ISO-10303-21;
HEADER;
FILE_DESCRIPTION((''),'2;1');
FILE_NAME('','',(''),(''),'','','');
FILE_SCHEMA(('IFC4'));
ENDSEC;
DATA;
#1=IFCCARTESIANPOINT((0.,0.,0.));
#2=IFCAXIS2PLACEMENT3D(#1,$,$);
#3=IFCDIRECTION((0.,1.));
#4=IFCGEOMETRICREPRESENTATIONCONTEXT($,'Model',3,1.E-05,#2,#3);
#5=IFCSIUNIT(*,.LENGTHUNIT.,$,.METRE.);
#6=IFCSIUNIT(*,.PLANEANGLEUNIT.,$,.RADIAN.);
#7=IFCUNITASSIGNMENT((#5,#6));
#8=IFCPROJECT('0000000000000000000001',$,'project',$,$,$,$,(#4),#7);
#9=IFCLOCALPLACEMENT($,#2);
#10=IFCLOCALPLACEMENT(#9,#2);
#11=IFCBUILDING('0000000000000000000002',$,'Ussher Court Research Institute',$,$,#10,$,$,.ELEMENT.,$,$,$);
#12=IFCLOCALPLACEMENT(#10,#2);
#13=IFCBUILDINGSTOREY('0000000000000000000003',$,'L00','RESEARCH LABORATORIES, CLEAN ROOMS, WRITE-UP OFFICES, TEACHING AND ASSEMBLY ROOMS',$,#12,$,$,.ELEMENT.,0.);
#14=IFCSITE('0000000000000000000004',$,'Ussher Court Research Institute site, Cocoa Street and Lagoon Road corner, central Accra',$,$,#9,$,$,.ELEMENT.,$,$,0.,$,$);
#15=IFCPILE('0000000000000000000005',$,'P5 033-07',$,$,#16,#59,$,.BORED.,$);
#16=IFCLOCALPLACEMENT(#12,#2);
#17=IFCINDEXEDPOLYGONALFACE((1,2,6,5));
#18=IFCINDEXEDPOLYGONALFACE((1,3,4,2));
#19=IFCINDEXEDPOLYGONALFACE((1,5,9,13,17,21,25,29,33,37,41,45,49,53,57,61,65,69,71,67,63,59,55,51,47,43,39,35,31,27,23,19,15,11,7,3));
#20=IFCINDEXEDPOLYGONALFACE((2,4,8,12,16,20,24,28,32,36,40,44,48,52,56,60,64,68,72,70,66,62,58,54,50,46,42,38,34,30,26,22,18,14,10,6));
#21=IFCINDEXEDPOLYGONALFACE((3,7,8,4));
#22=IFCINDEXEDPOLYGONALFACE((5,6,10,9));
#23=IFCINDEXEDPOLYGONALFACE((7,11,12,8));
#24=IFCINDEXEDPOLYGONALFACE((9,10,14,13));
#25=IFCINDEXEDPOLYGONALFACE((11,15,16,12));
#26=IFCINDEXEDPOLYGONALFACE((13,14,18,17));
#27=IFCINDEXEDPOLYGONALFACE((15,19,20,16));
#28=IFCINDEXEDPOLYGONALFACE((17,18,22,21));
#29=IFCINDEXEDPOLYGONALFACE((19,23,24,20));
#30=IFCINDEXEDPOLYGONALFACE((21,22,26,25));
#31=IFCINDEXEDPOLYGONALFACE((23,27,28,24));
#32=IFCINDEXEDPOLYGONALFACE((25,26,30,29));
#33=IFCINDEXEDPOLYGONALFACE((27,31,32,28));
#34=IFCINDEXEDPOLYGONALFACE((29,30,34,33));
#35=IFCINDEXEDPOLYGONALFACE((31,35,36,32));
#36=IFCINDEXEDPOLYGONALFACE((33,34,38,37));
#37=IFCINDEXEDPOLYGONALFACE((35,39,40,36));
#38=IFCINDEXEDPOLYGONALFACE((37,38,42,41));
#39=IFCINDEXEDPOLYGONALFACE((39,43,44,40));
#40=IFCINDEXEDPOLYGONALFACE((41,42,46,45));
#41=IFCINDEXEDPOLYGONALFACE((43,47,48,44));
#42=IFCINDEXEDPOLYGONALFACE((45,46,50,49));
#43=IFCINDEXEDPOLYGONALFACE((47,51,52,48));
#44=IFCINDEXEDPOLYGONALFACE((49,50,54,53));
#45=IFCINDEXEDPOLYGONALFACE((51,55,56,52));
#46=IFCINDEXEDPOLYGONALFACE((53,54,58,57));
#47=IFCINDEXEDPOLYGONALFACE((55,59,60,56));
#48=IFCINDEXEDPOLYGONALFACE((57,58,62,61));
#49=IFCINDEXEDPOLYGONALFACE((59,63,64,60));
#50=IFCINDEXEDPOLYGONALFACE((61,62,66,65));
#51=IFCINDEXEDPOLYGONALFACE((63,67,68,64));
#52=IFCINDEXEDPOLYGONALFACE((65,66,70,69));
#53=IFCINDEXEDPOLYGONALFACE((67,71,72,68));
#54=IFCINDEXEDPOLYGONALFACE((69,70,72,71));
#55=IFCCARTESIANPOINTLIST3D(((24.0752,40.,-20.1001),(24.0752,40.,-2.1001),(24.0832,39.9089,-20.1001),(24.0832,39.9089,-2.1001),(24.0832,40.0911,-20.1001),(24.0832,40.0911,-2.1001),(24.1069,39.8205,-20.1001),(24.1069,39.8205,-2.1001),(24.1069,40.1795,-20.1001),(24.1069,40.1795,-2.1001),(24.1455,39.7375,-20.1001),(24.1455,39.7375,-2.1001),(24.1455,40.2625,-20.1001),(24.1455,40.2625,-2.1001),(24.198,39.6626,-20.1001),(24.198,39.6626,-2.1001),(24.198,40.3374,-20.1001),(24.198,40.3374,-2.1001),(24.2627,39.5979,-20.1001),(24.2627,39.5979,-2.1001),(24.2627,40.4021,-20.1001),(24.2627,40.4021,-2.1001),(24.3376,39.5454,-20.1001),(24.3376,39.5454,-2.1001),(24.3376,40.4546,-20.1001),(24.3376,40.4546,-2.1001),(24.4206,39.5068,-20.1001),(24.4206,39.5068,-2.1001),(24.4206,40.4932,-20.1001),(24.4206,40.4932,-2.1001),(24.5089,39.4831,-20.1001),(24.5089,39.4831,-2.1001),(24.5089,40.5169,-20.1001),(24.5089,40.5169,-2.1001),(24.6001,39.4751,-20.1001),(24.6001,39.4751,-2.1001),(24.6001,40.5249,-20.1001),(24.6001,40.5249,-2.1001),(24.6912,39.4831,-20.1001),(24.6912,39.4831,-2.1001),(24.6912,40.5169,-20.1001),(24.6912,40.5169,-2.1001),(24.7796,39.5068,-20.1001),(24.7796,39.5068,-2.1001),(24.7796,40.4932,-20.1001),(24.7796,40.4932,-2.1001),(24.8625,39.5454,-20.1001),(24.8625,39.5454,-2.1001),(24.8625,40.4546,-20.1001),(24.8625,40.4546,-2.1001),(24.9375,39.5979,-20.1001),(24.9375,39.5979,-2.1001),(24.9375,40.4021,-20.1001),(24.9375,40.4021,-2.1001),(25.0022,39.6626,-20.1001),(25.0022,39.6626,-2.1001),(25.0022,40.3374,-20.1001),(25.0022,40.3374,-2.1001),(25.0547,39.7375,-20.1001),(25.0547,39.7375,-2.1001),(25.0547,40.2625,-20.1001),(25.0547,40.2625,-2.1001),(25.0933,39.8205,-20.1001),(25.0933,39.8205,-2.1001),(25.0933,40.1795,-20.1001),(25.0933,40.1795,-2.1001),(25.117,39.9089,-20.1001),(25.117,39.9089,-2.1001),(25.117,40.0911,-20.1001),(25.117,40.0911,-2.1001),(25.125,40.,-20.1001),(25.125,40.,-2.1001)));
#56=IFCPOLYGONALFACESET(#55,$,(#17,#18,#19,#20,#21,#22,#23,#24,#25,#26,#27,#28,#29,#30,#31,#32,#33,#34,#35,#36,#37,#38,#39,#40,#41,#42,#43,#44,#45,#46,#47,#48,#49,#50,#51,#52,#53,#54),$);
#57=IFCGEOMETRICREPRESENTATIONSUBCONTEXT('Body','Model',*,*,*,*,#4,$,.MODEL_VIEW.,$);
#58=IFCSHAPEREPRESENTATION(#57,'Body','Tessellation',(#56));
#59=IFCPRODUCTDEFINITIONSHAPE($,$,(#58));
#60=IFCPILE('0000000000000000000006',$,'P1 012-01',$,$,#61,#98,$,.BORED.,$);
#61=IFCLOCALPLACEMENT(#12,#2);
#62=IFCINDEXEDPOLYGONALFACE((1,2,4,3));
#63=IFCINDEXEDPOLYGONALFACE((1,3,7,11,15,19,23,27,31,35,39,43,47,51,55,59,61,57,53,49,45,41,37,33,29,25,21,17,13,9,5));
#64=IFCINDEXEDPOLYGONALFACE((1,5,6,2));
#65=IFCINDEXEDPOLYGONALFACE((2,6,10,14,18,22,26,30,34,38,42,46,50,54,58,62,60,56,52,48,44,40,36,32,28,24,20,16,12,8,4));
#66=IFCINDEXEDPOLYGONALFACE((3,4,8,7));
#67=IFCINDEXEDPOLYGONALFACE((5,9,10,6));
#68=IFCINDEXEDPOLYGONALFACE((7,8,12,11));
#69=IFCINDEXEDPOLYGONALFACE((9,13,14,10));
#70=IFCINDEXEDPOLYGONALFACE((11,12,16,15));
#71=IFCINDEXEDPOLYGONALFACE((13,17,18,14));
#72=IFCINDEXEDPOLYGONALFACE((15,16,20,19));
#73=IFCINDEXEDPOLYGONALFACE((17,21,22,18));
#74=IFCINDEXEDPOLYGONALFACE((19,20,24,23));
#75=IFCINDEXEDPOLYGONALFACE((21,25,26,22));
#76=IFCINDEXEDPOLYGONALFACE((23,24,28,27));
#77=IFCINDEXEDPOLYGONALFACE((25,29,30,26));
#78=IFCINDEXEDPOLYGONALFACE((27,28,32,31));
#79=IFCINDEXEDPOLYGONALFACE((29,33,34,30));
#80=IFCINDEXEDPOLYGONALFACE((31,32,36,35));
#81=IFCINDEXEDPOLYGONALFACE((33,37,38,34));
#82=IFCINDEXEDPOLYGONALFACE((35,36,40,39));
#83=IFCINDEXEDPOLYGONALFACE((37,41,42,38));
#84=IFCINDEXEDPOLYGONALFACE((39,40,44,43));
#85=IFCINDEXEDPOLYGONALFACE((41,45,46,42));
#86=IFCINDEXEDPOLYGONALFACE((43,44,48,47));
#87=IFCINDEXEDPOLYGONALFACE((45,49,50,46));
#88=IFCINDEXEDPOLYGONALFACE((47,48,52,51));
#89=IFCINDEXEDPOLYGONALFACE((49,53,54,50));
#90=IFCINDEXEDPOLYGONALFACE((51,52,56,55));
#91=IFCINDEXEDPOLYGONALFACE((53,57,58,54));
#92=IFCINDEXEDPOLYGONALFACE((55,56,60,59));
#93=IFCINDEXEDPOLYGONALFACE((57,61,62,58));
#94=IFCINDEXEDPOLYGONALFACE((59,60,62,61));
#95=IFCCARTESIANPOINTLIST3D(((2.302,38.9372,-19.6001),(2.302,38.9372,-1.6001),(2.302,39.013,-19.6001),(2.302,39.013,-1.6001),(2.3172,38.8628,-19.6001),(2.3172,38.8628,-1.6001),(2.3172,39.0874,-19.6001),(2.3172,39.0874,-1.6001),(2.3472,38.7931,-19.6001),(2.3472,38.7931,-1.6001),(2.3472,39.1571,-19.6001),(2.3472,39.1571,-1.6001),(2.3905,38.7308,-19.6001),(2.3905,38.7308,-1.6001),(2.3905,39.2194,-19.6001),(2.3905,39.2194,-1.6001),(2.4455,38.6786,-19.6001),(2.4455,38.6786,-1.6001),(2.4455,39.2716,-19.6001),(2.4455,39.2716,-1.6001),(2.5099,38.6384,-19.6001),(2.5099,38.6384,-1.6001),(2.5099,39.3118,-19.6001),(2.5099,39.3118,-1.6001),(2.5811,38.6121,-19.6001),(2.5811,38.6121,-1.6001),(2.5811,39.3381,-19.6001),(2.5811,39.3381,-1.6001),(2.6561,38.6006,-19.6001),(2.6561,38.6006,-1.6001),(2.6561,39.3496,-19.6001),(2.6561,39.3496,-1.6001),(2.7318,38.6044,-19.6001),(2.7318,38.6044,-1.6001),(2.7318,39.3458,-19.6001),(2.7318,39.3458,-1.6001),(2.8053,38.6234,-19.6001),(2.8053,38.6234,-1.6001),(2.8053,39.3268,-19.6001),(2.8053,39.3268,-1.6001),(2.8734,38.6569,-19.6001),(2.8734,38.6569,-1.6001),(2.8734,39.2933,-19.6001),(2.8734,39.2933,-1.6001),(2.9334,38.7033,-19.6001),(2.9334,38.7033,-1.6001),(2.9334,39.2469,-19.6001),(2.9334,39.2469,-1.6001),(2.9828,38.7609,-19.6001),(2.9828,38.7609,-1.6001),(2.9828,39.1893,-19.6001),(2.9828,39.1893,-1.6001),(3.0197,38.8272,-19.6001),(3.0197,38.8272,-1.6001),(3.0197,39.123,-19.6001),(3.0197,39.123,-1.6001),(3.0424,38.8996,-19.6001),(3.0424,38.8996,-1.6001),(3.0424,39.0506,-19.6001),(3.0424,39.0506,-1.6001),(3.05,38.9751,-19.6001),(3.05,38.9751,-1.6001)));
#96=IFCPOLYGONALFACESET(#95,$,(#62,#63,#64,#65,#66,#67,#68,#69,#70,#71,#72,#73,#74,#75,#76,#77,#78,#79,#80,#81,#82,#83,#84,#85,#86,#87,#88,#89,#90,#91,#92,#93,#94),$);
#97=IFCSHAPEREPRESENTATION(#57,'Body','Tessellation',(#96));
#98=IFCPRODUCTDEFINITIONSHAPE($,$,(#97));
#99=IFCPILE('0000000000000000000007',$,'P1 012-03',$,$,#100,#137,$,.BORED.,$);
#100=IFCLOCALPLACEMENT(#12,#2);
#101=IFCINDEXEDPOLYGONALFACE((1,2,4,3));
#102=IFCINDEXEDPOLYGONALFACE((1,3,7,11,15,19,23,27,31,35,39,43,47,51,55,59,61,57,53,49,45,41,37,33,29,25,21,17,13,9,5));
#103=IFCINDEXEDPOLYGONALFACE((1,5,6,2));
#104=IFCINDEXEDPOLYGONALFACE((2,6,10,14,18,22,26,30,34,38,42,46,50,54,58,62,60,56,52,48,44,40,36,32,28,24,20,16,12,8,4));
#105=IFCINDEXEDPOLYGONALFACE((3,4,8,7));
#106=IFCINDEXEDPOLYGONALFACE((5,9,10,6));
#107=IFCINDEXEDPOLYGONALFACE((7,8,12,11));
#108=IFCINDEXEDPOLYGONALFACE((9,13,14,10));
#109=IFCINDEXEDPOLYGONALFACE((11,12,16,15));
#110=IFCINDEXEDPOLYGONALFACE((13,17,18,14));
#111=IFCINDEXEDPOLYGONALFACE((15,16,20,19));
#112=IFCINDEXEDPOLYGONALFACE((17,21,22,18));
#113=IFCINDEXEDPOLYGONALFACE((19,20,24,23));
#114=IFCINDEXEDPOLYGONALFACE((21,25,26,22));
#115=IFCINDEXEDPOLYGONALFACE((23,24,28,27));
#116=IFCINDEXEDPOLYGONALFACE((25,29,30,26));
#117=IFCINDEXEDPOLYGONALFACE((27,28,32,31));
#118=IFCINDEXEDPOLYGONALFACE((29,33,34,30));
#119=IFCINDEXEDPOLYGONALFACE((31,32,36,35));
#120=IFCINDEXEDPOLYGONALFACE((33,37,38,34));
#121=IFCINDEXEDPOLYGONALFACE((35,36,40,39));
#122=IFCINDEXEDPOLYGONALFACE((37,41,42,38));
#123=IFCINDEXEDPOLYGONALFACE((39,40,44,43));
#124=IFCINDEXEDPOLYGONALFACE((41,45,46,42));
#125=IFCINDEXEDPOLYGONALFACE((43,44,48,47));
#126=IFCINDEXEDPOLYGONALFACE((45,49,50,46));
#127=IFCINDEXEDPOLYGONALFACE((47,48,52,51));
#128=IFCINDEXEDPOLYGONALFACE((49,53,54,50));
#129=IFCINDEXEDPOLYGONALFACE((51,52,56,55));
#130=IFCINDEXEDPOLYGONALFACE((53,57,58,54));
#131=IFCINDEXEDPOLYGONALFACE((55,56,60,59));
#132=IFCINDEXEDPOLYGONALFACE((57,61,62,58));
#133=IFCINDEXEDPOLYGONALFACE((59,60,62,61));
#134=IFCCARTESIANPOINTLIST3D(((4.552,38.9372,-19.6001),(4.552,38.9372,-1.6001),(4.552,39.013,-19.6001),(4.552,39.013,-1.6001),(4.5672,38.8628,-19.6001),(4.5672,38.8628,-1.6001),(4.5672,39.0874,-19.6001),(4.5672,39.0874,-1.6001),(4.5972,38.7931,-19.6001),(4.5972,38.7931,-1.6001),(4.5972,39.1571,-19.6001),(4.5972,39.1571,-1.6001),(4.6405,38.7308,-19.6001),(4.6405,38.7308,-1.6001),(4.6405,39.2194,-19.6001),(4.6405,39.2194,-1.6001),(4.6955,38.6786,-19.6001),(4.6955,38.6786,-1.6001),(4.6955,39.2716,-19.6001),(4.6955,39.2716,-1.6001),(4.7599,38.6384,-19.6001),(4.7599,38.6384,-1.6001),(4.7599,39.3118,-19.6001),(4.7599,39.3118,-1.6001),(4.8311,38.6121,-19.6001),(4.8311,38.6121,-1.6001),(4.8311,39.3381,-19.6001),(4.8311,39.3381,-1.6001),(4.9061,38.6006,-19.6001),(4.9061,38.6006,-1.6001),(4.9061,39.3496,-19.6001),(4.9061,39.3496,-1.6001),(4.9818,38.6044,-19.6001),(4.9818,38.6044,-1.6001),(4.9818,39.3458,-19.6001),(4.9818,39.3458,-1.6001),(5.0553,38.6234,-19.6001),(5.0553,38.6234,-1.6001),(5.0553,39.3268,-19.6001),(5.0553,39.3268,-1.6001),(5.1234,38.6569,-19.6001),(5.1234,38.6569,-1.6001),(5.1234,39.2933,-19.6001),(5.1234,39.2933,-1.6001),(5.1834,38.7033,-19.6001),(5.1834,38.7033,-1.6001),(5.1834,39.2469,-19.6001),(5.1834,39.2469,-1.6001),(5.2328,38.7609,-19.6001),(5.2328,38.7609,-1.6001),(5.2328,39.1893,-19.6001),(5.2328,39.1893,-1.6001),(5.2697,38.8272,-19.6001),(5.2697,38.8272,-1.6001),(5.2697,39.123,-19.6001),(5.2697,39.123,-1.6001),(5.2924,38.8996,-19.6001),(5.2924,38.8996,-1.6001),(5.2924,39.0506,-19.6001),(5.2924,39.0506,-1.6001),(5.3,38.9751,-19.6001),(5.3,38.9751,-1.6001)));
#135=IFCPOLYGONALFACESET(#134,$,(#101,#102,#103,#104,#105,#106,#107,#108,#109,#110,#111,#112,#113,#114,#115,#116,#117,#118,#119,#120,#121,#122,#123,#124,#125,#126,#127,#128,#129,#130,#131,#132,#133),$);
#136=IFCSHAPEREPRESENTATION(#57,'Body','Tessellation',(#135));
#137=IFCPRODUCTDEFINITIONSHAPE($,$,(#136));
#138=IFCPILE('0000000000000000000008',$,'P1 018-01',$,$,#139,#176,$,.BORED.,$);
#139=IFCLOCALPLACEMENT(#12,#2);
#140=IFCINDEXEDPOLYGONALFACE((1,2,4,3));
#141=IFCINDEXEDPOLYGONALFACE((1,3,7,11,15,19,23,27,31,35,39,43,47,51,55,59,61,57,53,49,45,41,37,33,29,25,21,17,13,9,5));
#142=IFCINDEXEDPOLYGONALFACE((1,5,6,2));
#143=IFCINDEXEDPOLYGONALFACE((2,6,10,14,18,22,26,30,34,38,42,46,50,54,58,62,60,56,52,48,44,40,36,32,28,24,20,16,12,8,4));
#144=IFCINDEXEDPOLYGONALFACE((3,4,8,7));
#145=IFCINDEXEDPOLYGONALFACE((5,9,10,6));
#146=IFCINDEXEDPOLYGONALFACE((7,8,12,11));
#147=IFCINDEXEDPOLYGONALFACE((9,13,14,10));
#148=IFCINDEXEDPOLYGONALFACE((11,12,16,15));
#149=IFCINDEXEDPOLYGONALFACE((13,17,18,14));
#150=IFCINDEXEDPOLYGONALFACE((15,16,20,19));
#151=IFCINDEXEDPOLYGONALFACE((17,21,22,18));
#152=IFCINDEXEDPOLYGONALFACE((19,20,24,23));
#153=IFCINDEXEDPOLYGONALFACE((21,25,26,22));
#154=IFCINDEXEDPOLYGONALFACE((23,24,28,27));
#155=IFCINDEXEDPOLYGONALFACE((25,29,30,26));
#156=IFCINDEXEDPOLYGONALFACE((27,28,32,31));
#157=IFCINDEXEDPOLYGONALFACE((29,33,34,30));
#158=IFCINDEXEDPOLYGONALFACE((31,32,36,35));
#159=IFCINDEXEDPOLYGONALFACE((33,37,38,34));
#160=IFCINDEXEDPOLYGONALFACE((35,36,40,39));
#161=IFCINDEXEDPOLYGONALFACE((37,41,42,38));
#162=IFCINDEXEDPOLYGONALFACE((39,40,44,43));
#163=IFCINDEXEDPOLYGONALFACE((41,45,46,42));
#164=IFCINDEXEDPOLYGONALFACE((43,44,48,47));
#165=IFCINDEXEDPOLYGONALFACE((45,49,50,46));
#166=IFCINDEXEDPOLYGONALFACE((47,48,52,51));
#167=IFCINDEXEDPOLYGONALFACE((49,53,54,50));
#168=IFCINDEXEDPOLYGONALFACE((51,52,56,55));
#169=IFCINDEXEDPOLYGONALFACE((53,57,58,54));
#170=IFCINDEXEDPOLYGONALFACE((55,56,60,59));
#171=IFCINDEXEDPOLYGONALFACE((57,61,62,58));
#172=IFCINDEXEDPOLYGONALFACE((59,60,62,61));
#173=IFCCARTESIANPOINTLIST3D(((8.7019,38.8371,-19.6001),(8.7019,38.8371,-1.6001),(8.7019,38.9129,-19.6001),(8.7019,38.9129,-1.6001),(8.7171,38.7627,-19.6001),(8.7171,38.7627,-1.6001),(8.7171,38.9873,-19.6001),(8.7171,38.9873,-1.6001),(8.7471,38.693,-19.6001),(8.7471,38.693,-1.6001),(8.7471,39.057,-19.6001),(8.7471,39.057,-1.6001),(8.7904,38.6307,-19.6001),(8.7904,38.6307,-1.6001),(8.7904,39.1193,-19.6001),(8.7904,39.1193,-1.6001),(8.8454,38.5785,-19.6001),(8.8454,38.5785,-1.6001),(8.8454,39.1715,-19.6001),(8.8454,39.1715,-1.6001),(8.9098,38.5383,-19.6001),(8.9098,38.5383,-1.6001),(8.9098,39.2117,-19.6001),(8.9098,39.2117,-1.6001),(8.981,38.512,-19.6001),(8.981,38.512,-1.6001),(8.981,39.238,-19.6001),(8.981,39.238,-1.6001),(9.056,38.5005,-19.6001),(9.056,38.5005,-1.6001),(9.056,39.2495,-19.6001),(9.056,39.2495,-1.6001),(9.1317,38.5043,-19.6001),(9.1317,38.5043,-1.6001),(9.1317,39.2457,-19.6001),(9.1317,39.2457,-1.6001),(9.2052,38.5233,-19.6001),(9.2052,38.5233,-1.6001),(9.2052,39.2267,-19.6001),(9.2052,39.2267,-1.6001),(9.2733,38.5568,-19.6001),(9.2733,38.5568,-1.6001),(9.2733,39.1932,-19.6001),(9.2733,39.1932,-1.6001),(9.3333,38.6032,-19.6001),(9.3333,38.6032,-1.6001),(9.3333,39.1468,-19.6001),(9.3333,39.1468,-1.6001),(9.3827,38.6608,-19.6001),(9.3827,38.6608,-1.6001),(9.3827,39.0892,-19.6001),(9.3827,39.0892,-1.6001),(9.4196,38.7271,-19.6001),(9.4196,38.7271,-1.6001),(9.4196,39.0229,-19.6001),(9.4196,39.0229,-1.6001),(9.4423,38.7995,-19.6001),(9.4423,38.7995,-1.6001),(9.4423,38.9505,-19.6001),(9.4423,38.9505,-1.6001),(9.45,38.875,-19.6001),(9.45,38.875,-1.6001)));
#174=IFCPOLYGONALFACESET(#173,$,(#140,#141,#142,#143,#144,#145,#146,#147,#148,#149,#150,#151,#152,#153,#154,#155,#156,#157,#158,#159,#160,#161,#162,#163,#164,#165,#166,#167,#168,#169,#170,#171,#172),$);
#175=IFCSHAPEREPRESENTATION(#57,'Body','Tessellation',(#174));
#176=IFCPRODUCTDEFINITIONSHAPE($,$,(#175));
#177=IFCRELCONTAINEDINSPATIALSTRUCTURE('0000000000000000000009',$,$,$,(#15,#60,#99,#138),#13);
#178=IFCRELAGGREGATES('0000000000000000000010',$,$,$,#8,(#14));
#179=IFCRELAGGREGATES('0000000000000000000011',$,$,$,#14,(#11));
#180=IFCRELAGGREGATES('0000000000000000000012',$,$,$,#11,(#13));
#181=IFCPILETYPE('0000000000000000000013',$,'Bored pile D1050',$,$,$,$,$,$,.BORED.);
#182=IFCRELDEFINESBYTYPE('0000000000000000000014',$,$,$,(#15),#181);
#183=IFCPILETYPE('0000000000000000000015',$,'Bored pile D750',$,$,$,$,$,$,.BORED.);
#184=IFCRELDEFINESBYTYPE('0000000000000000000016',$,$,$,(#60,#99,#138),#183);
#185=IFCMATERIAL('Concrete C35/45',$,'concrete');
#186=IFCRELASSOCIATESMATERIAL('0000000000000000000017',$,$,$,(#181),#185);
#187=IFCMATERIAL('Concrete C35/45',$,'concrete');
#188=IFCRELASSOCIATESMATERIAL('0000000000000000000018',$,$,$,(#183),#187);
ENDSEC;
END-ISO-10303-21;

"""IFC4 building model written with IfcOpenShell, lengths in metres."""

from ifc_helpers import new_model, si_unit, direction, frame, origin, origin_2d, place, context, subcontext, project, spatial, circle, extrude, material, material_profile, profile_set, type_object, element, save


model = new_model("IFC4")

# Units and contexts
model_context = context("Model", 3, precision=1e-05, world=origin(), true_north=direction((0.0, 1.0)))
body_context = subcontext(model_context, "Body", "Model", "MODEL_VIEW")
ifc_project = project(units=[si_unit("LENGTHUNIT", "METRE"), si_unit("PLANEANGLEUNIT", "RADIAN")], contexts=[model_context])

# Site, building, storey
site_placement = place(None, origin())
site = spatial("IfcSite", under=ifc_project, at=site_placement, Name="Ussher Court Research Institute site, Cocoa Street and Lagoon Road corner, central Accra", CompositionType="ELEMENT", RefElevation=0.0)
building_placement = place(site_placement, origin())
building = spatial("IfcBuilding", under=site, at=building_placement, Name="Ussher Court Research Institute", CompositionType="ELEMENT")
storey_placement = place(building_placement, origin())
storey = spatial("IfcBuildingStorey", under=building, at=storey_placement, Name="L00", Description="RESEARCH LABORATORIES, CLEAN ROOMS, WRITE-UP OFFICES, TEACHING AND ASSEMBLY ROOMS", CompositionType="ELEMENT", Elevation=0.0)

# Piles
ifc_material_1 = material(Name="Concrete C35/45", Category="concrete")
ifc_material_profile_1 = material_profile(ifc_material_1, circle(Radius=0.5249, at=origin_2d()), Name="RC D1050")
ifc_profile_set_1 = profile_set([ifc_material_profile_1], Name="Concrete C35/45")
pile_type_1 = type_object("IfcPileType", Name="Bored pile D1050", PredefinedType="BORED", material=ifc_profile_set_1)
pile_placement = place(storey_placement, frame((24.6001, 40.0, -2.1001), z_axis=(0.0, 0.0, -1.0), x_axis=(1.0, 0.0, 0.0)))
element("IfcPile", 1, at=pile_placement, inside=storey, type_object=pile_type_1, Name="P5 033-07", PredefinedType="BORED", context=body_context, shape_type="SweptSolid", body=[
    extrude(circle(Radius=0.5249, at=origin_2d()), origin(), (0.0, 0.0, 1.0), 18.0),
])
ifc_material_2 = material(Name="Concrete C35/45", Category="concrete")
ifc_material_profile_2 = material_profile(ifc_material_2, circle(Radius=0.375, at=origin_2d()), Name="RC D750")
ifc_profile_set_2 = profile_set([ifc_material_profile_2], Name="Concrete C35/45")
pile_type_2 = type_object("IfcPileType", Name="Bored pile D750", PredefinedType="BORED", material=ifc_profile_set_2)
for number, where, z_axis, x_axis, name in (
    (2, (2.675, 38.9751, -1.6001), (0.0, 0.0, -1.0), (1.0, 0.0, 0.0), "P1 012-01"),
    (3, (4.925, 38.9751, -1.6001), (0.0, 0.0, -1.0), (1.0, 0.0, 0.0), "P1 012-03"),
    (4, (9.075, 38.875, -1.6001), (0.0, 0.0, -1.0), (1.0, 0.0, 0.0), "P1 018-01"),
):
    element("IfcPile", number, at=place(storey_placement, frame(where, z_axis=z_axis, x_axis=x_axis)), inside=storey, type_object=pile_type_2, Name=name, PredefinedType="BORED", context=body_context, shape_type="SweptSolid", body=[
        extrude(circle(Radius=0.375, at=origin_2d()), origin(), (0.0, 0.0, 1.0), 18.0),
    ])

save(model, "model.ifc")
